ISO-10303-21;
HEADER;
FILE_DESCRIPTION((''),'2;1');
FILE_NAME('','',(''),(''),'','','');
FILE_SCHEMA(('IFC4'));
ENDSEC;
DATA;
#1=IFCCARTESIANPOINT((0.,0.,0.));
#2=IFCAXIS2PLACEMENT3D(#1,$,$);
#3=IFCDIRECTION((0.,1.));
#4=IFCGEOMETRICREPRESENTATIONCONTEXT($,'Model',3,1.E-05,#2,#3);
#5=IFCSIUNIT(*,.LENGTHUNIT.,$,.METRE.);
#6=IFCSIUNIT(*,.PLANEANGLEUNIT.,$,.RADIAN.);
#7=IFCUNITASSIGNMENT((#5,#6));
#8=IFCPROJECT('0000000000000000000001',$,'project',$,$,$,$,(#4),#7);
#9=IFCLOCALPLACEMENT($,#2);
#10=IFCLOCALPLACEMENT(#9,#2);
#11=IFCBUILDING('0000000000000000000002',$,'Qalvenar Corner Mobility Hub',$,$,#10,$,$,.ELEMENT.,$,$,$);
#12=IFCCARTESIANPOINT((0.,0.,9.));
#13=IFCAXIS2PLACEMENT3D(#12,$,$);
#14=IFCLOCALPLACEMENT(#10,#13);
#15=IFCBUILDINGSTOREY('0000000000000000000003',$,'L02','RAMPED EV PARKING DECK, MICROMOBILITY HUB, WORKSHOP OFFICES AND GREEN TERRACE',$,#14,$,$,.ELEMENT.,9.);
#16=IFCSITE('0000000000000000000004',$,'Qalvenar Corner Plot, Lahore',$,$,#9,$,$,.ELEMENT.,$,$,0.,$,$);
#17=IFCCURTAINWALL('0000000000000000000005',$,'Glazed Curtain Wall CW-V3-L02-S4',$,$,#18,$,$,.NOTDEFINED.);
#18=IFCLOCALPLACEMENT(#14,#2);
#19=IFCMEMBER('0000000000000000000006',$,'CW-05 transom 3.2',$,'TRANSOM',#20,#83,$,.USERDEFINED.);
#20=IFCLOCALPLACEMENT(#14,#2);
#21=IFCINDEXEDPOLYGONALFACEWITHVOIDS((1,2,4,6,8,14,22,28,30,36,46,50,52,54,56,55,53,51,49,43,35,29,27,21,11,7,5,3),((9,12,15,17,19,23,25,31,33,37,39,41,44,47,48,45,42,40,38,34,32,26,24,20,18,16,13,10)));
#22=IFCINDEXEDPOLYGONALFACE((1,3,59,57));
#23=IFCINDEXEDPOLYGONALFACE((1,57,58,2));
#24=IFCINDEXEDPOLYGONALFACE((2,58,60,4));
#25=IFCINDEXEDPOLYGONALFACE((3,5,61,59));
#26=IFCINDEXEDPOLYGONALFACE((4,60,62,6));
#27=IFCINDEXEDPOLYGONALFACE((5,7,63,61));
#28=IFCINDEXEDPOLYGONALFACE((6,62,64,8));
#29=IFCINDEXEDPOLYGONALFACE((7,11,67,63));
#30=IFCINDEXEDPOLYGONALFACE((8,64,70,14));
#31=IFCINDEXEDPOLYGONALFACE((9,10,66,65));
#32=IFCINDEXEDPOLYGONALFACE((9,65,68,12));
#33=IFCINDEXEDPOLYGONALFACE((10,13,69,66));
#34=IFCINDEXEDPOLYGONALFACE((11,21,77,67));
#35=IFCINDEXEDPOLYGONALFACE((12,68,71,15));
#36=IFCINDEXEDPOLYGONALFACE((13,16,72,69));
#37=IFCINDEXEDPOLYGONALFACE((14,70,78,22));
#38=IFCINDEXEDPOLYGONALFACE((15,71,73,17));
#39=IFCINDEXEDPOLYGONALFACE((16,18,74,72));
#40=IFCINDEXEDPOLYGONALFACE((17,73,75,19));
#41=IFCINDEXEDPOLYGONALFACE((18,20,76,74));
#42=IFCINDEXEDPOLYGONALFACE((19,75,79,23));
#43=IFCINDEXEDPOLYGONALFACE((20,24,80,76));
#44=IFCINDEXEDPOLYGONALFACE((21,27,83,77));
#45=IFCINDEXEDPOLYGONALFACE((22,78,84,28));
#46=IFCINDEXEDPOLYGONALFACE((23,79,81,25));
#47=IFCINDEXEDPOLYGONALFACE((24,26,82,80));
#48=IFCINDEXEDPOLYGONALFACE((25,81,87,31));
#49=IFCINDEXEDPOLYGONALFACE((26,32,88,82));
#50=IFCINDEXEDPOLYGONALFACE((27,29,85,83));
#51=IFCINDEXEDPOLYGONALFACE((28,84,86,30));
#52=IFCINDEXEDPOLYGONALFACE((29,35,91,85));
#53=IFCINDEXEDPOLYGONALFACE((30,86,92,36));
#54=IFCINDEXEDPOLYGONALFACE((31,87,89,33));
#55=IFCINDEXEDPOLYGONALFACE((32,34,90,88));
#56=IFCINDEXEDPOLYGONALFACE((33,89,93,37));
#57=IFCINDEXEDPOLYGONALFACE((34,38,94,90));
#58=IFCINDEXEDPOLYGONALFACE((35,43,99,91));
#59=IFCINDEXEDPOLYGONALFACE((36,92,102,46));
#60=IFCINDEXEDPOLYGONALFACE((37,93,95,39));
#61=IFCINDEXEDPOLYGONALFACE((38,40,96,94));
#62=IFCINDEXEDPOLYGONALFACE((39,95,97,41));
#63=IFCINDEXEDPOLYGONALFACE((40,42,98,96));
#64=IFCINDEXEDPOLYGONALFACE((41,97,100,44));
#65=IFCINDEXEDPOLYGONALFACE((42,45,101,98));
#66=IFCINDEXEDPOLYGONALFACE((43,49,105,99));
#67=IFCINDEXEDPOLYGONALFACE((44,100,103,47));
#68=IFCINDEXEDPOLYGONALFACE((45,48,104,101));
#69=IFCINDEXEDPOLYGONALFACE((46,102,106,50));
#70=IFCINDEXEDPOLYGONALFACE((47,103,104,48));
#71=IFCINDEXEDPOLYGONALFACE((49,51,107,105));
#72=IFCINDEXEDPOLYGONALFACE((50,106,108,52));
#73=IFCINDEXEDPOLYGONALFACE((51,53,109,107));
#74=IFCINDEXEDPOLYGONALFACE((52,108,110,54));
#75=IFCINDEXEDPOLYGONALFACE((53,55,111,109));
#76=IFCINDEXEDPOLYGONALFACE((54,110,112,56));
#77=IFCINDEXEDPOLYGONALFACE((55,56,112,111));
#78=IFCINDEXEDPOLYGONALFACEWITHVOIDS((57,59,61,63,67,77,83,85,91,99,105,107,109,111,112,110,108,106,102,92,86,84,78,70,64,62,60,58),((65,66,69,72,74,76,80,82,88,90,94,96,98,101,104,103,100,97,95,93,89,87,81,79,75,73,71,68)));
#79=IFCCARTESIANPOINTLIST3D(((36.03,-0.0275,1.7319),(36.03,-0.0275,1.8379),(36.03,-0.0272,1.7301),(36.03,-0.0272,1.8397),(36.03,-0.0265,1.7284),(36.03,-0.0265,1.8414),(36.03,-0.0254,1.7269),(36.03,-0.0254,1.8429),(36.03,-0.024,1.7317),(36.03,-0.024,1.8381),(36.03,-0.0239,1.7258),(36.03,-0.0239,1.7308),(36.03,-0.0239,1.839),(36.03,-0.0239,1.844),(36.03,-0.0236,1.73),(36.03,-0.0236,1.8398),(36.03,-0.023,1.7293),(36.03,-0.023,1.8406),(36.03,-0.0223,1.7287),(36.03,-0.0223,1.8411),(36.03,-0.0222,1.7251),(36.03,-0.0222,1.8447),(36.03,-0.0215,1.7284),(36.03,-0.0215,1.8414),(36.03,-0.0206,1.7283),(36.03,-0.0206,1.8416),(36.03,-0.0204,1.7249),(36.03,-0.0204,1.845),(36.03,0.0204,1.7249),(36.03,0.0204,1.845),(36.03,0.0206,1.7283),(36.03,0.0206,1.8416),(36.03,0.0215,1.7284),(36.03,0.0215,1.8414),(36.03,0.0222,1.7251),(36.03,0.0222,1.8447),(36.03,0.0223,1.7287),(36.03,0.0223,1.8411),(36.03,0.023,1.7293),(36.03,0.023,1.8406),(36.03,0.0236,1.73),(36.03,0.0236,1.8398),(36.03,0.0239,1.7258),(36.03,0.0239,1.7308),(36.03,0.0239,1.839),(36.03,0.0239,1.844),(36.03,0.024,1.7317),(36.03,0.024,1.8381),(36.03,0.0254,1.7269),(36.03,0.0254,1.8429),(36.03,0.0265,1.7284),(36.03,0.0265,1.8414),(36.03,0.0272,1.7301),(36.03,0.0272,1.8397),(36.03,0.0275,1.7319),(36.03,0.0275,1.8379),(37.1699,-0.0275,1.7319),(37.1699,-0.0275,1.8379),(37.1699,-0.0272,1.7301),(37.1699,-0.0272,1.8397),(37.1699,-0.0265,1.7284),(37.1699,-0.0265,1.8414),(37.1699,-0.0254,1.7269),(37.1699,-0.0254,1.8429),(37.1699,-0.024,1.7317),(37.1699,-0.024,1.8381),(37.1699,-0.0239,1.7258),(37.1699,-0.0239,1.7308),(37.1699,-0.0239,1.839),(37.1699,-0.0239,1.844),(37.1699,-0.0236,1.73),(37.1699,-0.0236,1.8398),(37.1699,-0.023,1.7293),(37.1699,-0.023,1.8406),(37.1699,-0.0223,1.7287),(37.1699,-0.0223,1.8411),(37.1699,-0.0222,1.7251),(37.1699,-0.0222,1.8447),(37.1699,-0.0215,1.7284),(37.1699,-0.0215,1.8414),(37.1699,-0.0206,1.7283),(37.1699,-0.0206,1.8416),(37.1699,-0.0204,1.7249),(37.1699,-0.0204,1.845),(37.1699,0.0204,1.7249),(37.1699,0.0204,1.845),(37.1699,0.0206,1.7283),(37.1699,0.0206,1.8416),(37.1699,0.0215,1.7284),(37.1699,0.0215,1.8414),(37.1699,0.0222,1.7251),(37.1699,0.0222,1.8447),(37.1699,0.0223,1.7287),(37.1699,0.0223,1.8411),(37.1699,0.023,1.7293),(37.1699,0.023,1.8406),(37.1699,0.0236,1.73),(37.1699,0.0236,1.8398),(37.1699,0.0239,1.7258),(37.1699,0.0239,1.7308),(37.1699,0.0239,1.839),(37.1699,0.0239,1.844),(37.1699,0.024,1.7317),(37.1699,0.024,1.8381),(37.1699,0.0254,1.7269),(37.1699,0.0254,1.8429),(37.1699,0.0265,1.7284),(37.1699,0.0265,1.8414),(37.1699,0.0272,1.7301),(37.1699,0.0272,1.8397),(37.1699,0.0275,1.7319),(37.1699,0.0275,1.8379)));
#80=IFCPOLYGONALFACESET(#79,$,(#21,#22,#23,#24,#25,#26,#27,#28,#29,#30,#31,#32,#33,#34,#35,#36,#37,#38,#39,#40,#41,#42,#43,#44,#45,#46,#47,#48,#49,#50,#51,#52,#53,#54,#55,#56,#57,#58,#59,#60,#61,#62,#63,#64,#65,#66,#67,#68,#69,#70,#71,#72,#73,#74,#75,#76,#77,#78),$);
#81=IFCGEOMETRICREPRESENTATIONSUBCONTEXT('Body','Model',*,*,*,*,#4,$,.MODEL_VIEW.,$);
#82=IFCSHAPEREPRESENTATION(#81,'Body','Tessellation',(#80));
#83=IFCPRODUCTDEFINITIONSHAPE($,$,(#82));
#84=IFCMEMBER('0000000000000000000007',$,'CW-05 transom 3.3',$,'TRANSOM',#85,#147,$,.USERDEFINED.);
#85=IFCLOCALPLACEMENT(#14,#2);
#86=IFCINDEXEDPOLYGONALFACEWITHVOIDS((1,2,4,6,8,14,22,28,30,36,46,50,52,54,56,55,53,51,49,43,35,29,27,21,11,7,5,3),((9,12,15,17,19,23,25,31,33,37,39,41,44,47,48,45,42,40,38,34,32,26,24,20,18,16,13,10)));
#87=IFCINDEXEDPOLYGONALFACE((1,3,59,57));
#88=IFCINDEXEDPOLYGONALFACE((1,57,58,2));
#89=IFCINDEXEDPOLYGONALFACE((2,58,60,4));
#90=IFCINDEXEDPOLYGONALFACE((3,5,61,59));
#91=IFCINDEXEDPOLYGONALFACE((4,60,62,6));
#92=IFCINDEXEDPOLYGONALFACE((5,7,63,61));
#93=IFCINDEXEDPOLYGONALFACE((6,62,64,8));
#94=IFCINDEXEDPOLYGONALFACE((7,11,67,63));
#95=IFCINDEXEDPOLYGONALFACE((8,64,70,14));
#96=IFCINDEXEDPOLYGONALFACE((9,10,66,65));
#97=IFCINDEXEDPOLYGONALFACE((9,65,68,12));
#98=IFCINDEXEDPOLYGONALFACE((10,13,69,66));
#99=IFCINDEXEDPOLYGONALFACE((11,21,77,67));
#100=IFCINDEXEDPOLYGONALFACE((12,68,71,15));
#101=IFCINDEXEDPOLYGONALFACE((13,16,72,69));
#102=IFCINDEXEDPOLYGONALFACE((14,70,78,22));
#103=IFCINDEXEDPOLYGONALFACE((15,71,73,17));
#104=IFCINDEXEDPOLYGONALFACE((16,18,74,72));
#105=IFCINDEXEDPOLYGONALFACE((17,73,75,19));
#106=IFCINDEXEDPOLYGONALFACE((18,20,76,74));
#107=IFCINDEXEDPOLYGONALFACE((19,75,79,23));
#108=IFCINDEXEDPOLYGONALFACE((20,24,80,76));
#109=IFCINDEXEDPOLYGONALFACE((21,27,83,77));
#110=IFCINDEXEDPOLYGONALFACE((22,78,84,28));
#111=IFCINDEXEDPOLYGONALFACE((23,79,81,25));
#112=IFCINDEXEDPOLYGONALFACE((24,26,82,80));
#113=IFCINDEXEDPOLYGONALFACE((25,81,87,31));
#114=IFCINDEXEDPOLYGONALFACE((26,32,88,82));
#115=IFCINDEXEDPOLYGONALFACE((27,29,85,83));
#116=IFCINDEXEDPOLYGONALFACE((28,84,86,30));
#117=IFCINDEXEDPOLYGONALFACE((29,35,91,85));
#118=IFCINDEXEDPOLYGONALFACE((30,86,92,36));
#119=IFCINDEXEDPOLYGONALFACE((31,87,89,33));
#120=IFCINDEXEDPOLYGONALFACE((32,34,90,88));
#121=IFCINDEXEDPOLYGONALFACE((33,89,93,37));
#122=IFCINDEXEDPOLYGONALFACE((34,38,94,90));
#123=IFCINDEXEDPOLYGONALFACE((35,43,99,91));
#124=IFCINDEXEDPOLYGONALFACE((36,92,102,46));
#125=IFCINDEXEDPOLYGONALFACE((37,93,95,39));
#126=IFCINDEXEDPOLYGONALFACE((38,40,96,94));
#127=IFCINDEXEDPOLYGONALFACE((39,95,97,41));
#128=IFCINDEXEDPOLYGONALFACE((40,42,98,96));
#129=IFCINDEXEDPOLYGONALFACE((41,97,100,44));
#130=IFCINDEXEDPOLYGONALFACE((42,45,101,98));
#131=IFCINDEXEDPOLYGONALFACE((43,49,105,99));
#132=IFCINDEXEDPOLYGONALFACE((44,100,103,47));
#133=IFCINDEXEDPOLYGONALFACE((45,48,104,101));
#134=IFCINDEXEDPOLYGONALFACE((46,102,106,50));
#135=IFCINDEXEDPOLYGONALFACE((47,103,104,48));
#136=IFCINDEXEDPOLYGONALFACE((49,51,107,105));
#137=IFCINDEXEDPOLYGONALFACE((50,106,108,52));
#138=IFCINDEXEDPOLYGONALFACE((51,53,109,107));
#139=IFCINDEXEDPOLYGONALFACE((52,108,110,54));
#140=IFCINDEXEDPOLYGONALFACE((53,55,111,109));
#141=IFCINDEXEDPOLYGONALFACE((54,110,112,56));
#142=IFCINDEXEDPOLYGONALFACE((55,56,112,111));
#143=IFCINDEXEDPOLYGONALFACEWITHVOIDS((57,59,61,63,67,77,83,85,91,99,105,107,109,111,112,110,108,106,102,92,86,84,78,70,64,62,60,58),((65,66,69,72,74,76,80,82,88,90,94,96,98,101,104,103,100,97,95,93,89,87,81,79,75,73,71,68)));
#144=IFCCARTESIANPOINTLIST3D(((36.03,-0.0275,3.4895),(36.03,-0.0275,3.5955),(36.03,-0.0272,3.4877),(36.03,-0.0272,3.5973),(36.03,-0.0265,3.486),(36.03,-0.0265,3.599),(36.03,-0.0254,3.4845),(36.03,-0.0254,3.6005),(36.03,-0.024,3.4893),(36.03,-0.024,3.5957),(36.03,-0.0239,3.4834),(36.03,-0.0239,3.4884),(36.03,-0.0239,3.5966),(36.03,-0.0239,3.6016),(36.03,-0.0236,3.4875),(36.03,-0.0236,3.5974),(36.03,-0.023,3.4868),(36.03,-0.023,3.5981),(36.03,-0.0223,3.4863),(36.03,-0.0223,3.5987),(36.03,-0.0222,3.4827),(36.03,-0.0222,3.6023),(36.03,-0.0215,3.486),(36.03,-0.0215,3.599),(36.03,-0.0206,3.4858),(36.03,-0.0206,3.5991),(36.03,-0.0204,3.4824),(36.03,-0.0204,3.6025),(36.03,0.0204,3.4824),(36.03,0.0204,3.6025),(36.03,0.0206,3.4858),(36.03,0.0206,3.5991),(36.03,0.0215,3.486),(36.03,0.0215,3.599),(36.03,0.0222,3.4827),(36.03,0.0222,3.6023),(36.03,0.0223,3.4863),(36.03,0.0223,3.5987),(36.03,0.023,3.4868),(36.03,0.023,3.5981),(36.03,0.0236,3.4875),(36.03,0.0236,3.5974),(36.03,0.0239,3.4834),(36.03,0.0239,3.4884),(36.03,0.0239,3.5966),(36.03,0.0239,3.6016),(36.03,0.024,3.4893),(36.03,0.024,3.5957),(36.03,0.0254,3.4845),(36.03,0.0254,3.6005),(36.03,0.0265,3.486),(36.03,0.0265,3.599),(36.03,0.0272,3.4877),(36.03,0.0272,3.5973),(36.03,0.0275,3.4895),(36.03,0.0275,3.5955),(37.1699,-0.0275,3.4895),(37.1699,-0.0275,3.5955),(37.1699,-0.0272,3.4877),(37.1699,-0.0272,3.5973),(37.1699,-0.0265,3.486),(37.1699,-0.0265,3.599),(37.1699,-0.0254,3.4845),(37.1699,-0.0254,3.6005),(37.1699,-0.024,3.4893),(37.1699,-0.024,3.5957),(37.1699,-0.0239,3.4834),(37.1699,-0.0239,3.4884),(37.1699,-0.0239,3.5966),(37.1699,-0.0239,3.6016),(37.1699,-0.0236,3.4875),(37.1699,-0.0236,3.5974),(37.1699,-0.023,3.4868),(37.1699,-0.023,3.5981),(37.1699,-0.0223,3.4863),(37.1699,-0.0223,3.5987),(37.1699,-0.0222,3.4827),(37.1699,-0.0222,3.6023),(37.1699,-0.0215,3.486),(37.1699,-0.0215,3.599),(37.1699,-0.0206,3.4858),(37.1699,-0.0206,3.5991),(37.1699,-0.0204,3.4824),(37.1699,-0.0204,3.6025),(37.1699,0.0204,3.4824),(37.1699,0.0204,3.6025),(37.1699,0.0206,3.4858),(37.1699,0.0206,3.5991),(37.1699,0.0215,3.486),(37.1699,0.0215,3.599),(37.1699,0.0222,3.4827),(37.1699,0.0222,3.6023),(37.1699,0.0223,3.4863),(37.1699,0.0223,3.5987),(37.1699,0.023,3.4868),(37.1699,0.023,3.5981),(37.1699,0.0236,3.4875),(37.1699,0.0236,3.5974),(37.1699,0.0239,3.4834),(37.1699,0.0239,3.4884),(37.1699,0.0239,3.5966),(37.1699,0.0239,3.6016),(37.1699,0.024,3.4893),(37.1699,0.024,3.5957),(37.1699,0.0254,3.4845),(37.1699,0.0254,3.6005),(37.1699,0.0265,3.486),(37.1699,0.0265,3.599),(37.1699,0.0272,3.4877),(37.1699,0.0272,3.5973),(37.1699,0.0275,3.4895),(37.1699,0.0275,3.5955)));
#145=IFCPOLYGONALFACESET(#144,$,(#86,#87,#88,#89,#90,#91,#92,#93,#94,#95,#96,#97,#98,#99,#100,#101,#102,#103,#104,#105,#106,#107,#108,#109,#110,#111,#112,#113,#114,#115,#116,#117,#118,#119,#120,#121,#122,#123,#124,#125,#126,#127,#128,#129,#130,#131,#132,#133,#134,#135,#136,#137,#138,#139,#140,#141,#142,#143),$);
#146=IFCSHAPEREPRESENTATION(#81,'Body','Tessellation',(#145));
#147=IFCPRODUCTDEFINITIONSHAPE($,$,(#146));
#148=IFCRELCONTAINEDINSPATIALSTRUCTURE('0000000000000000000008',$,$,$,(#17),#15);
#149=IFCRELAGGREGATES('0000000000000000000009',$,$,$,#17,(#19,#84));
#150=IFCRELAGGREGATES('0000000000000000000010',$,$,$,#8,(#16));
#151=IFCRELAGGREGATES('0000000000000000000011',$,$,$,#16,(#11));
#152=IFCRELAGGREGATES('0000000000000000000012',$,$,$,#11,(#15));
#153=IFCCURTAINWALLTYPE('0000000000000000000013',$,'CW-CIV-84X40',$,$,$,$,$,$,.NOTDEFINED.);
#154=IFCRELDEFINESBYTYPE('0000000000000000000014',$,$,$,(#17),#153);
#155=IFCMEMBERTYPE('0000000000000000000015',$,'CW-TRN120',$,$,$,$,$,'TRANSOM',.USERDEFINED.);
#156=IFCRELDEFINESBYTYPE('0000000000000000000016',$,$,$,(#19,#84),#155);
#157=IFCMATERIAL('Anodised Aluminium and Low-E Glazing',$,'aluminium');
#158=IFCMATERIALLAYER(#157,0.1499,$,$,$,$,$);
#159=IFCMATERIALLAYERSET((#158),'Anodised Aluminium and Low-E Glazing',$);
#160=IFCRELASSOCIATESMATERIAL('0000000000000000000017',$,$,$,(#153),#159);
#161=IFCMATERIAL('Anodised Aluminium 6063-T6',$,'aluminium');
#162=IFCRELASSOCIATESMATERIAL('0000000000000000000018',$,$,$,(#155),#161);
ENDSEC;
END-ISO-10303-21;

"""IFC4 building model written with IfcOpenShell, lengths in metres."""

from ifc_helpers import new_model, si_unit, direction, frame, origin, origin_2d, place, context, subcontext, project, spatial, hollow_rectangle, extrude, material, layer, layer_set, material_profile, profile_set, type_object, element, aggregate, save


model = new_model("IFC4")

# Units and contexts
model_context = context("Model", 3, precision=1e-05, world=origin(), true_north=direction((0.0, 1.0)))
body_context = subcontext(model_context, "Body", "Model", "MODEL_VIEW")
ifc_project = project(units=[si_unit("LENGTHUNIT", "METRE"), si_unit("PLANEANGLEUNIT", "RADIAN")], contexts=[model_context])

# Site, building, storey
site_placement = place(None, origin())
site = spatial("IfcSite", under=ifc_project, at=site_placement, Name="Qalvenar Corner Plot, Lahore", CompositionType="ELEMENT", RefElevation=0.0)
building_placement = place(site_placement, origin())
building = spatial("IfcBuilding", under=site, at=building_placement, Name="Qalvenar Corner Mobility Hub", CompositionType="ELEMENT")
storey_placement = place(building_placement, frame((0.0, 0.0, 9.0)))
storey = spatial("IfcBuildingStorey", under=building, at=storey_placement, Name="L02", Description="RAMPED EV PARKING DECK, MICROMOBILITY HUB, WORKSHOP OFFICES AND GREEN TERRACE", CompositionType="ELEMENT", Elevation=9.0)

# Curtain wall, members
ifc_material_1 = material(Name="Anodised Aluminium and Low-E Glazing", Category="aluminium")
ifc_layer_1 = layer(ifc_material_1, 0.1499)
ifc_layer_set_1 = layer_set([ifc_layer_1], Name="Anodised Aluminium and Low-E Glazing")
curtain_wall_type = type_object("IfcCurtainWallType", Name="CW-CIV-84X40", PredefinedType="NOTDEFINED", material=ifc_layer_set_1)
curtain_wall_placement = place(storey_placement, origin())
curtain_wall = element("IfcCurtainWall", 1, at=curtain_wall_placement, inside=storey, type_object=curtain_wall_type, Name="Glazed Curtain Wall CW-V3-L02-S4", PredefinedType="NOTDEFINED")
ifc_material_2 = material(Name="Anodised Aluminium 6063-T6", Category="aluminium")
ifc_material_profile_1 = material_profile(ifc_material_2, hollow_rectangle(XDim=0.0549, YDim=0.1201, WallThickness=0.0034, InnerFilletRadius=0.0034, OuterFilletRadius=0.0071, at=origin_2d()), Name="RHS120x55x3.5")
ifc_profile_set_1 = profile_set([ifc_material_profile_1], Name="Anodised Aluminium 6063-T6")
member_type_1 = type_object("IfcMemberType", Name="CW-TRN120", ElementType="TRANSOM", PredefinedType="USERDEFINED", material=ifc_profile_set_1)
member_1_placement = place(storey_placement, frame((36.03, 0.0, 1.7849), z_axis=(1.0, 0.0, 0.0), x_axis=(0.0, 1.0, 0.0)))
member_1 = element("IfcMember", 2, at=member_1_placement, type_object=member_type_1, Name="CW-05 transom 3.2", ObjectType="TRANSOM", PredefinedType="USERDEFINED", context=body_context, shape_type="SweptSolid", body=[
    extrude(hollow_rectangle(XDim=0.0549, YDim=0.1201, WallThickness=0.0034, InnerFilletRadius=0.0034, OuterFilletRadius=0.0071, at=origin_2d()), origin(), (0.0, 0.0, 1.0), 1.1399),
])
member_2_placement = place(storey_placement, frame((36.03, 0.0, 3.5425), z_axis=(1.0, 0.0, 0.0), x_axis=(0.0, 1.0, 0.0)))
member_2 = element("IfcMember", 3, at=member_2_placement, type_object=member_type_1, Name="CW-05 transom 3.3", ObjectType="TRANSOM", PredefinedType="USERDEFINED", context=body_context, shape_type="SweptSolid", body=[
    extrude(hollow_rectangle(XDim=0.0549, YDim=0.1201, WallThickness=0.0034, InnerFilletRadius=0.0034, OuterFilletRadius=0.0071, at=origin_2d()), origin(), (0.0, 0.0, 1.0), 1.1399),
])
aggregate(curtain_wall, [member_1, member_2])

save(model, "model.ifc")
